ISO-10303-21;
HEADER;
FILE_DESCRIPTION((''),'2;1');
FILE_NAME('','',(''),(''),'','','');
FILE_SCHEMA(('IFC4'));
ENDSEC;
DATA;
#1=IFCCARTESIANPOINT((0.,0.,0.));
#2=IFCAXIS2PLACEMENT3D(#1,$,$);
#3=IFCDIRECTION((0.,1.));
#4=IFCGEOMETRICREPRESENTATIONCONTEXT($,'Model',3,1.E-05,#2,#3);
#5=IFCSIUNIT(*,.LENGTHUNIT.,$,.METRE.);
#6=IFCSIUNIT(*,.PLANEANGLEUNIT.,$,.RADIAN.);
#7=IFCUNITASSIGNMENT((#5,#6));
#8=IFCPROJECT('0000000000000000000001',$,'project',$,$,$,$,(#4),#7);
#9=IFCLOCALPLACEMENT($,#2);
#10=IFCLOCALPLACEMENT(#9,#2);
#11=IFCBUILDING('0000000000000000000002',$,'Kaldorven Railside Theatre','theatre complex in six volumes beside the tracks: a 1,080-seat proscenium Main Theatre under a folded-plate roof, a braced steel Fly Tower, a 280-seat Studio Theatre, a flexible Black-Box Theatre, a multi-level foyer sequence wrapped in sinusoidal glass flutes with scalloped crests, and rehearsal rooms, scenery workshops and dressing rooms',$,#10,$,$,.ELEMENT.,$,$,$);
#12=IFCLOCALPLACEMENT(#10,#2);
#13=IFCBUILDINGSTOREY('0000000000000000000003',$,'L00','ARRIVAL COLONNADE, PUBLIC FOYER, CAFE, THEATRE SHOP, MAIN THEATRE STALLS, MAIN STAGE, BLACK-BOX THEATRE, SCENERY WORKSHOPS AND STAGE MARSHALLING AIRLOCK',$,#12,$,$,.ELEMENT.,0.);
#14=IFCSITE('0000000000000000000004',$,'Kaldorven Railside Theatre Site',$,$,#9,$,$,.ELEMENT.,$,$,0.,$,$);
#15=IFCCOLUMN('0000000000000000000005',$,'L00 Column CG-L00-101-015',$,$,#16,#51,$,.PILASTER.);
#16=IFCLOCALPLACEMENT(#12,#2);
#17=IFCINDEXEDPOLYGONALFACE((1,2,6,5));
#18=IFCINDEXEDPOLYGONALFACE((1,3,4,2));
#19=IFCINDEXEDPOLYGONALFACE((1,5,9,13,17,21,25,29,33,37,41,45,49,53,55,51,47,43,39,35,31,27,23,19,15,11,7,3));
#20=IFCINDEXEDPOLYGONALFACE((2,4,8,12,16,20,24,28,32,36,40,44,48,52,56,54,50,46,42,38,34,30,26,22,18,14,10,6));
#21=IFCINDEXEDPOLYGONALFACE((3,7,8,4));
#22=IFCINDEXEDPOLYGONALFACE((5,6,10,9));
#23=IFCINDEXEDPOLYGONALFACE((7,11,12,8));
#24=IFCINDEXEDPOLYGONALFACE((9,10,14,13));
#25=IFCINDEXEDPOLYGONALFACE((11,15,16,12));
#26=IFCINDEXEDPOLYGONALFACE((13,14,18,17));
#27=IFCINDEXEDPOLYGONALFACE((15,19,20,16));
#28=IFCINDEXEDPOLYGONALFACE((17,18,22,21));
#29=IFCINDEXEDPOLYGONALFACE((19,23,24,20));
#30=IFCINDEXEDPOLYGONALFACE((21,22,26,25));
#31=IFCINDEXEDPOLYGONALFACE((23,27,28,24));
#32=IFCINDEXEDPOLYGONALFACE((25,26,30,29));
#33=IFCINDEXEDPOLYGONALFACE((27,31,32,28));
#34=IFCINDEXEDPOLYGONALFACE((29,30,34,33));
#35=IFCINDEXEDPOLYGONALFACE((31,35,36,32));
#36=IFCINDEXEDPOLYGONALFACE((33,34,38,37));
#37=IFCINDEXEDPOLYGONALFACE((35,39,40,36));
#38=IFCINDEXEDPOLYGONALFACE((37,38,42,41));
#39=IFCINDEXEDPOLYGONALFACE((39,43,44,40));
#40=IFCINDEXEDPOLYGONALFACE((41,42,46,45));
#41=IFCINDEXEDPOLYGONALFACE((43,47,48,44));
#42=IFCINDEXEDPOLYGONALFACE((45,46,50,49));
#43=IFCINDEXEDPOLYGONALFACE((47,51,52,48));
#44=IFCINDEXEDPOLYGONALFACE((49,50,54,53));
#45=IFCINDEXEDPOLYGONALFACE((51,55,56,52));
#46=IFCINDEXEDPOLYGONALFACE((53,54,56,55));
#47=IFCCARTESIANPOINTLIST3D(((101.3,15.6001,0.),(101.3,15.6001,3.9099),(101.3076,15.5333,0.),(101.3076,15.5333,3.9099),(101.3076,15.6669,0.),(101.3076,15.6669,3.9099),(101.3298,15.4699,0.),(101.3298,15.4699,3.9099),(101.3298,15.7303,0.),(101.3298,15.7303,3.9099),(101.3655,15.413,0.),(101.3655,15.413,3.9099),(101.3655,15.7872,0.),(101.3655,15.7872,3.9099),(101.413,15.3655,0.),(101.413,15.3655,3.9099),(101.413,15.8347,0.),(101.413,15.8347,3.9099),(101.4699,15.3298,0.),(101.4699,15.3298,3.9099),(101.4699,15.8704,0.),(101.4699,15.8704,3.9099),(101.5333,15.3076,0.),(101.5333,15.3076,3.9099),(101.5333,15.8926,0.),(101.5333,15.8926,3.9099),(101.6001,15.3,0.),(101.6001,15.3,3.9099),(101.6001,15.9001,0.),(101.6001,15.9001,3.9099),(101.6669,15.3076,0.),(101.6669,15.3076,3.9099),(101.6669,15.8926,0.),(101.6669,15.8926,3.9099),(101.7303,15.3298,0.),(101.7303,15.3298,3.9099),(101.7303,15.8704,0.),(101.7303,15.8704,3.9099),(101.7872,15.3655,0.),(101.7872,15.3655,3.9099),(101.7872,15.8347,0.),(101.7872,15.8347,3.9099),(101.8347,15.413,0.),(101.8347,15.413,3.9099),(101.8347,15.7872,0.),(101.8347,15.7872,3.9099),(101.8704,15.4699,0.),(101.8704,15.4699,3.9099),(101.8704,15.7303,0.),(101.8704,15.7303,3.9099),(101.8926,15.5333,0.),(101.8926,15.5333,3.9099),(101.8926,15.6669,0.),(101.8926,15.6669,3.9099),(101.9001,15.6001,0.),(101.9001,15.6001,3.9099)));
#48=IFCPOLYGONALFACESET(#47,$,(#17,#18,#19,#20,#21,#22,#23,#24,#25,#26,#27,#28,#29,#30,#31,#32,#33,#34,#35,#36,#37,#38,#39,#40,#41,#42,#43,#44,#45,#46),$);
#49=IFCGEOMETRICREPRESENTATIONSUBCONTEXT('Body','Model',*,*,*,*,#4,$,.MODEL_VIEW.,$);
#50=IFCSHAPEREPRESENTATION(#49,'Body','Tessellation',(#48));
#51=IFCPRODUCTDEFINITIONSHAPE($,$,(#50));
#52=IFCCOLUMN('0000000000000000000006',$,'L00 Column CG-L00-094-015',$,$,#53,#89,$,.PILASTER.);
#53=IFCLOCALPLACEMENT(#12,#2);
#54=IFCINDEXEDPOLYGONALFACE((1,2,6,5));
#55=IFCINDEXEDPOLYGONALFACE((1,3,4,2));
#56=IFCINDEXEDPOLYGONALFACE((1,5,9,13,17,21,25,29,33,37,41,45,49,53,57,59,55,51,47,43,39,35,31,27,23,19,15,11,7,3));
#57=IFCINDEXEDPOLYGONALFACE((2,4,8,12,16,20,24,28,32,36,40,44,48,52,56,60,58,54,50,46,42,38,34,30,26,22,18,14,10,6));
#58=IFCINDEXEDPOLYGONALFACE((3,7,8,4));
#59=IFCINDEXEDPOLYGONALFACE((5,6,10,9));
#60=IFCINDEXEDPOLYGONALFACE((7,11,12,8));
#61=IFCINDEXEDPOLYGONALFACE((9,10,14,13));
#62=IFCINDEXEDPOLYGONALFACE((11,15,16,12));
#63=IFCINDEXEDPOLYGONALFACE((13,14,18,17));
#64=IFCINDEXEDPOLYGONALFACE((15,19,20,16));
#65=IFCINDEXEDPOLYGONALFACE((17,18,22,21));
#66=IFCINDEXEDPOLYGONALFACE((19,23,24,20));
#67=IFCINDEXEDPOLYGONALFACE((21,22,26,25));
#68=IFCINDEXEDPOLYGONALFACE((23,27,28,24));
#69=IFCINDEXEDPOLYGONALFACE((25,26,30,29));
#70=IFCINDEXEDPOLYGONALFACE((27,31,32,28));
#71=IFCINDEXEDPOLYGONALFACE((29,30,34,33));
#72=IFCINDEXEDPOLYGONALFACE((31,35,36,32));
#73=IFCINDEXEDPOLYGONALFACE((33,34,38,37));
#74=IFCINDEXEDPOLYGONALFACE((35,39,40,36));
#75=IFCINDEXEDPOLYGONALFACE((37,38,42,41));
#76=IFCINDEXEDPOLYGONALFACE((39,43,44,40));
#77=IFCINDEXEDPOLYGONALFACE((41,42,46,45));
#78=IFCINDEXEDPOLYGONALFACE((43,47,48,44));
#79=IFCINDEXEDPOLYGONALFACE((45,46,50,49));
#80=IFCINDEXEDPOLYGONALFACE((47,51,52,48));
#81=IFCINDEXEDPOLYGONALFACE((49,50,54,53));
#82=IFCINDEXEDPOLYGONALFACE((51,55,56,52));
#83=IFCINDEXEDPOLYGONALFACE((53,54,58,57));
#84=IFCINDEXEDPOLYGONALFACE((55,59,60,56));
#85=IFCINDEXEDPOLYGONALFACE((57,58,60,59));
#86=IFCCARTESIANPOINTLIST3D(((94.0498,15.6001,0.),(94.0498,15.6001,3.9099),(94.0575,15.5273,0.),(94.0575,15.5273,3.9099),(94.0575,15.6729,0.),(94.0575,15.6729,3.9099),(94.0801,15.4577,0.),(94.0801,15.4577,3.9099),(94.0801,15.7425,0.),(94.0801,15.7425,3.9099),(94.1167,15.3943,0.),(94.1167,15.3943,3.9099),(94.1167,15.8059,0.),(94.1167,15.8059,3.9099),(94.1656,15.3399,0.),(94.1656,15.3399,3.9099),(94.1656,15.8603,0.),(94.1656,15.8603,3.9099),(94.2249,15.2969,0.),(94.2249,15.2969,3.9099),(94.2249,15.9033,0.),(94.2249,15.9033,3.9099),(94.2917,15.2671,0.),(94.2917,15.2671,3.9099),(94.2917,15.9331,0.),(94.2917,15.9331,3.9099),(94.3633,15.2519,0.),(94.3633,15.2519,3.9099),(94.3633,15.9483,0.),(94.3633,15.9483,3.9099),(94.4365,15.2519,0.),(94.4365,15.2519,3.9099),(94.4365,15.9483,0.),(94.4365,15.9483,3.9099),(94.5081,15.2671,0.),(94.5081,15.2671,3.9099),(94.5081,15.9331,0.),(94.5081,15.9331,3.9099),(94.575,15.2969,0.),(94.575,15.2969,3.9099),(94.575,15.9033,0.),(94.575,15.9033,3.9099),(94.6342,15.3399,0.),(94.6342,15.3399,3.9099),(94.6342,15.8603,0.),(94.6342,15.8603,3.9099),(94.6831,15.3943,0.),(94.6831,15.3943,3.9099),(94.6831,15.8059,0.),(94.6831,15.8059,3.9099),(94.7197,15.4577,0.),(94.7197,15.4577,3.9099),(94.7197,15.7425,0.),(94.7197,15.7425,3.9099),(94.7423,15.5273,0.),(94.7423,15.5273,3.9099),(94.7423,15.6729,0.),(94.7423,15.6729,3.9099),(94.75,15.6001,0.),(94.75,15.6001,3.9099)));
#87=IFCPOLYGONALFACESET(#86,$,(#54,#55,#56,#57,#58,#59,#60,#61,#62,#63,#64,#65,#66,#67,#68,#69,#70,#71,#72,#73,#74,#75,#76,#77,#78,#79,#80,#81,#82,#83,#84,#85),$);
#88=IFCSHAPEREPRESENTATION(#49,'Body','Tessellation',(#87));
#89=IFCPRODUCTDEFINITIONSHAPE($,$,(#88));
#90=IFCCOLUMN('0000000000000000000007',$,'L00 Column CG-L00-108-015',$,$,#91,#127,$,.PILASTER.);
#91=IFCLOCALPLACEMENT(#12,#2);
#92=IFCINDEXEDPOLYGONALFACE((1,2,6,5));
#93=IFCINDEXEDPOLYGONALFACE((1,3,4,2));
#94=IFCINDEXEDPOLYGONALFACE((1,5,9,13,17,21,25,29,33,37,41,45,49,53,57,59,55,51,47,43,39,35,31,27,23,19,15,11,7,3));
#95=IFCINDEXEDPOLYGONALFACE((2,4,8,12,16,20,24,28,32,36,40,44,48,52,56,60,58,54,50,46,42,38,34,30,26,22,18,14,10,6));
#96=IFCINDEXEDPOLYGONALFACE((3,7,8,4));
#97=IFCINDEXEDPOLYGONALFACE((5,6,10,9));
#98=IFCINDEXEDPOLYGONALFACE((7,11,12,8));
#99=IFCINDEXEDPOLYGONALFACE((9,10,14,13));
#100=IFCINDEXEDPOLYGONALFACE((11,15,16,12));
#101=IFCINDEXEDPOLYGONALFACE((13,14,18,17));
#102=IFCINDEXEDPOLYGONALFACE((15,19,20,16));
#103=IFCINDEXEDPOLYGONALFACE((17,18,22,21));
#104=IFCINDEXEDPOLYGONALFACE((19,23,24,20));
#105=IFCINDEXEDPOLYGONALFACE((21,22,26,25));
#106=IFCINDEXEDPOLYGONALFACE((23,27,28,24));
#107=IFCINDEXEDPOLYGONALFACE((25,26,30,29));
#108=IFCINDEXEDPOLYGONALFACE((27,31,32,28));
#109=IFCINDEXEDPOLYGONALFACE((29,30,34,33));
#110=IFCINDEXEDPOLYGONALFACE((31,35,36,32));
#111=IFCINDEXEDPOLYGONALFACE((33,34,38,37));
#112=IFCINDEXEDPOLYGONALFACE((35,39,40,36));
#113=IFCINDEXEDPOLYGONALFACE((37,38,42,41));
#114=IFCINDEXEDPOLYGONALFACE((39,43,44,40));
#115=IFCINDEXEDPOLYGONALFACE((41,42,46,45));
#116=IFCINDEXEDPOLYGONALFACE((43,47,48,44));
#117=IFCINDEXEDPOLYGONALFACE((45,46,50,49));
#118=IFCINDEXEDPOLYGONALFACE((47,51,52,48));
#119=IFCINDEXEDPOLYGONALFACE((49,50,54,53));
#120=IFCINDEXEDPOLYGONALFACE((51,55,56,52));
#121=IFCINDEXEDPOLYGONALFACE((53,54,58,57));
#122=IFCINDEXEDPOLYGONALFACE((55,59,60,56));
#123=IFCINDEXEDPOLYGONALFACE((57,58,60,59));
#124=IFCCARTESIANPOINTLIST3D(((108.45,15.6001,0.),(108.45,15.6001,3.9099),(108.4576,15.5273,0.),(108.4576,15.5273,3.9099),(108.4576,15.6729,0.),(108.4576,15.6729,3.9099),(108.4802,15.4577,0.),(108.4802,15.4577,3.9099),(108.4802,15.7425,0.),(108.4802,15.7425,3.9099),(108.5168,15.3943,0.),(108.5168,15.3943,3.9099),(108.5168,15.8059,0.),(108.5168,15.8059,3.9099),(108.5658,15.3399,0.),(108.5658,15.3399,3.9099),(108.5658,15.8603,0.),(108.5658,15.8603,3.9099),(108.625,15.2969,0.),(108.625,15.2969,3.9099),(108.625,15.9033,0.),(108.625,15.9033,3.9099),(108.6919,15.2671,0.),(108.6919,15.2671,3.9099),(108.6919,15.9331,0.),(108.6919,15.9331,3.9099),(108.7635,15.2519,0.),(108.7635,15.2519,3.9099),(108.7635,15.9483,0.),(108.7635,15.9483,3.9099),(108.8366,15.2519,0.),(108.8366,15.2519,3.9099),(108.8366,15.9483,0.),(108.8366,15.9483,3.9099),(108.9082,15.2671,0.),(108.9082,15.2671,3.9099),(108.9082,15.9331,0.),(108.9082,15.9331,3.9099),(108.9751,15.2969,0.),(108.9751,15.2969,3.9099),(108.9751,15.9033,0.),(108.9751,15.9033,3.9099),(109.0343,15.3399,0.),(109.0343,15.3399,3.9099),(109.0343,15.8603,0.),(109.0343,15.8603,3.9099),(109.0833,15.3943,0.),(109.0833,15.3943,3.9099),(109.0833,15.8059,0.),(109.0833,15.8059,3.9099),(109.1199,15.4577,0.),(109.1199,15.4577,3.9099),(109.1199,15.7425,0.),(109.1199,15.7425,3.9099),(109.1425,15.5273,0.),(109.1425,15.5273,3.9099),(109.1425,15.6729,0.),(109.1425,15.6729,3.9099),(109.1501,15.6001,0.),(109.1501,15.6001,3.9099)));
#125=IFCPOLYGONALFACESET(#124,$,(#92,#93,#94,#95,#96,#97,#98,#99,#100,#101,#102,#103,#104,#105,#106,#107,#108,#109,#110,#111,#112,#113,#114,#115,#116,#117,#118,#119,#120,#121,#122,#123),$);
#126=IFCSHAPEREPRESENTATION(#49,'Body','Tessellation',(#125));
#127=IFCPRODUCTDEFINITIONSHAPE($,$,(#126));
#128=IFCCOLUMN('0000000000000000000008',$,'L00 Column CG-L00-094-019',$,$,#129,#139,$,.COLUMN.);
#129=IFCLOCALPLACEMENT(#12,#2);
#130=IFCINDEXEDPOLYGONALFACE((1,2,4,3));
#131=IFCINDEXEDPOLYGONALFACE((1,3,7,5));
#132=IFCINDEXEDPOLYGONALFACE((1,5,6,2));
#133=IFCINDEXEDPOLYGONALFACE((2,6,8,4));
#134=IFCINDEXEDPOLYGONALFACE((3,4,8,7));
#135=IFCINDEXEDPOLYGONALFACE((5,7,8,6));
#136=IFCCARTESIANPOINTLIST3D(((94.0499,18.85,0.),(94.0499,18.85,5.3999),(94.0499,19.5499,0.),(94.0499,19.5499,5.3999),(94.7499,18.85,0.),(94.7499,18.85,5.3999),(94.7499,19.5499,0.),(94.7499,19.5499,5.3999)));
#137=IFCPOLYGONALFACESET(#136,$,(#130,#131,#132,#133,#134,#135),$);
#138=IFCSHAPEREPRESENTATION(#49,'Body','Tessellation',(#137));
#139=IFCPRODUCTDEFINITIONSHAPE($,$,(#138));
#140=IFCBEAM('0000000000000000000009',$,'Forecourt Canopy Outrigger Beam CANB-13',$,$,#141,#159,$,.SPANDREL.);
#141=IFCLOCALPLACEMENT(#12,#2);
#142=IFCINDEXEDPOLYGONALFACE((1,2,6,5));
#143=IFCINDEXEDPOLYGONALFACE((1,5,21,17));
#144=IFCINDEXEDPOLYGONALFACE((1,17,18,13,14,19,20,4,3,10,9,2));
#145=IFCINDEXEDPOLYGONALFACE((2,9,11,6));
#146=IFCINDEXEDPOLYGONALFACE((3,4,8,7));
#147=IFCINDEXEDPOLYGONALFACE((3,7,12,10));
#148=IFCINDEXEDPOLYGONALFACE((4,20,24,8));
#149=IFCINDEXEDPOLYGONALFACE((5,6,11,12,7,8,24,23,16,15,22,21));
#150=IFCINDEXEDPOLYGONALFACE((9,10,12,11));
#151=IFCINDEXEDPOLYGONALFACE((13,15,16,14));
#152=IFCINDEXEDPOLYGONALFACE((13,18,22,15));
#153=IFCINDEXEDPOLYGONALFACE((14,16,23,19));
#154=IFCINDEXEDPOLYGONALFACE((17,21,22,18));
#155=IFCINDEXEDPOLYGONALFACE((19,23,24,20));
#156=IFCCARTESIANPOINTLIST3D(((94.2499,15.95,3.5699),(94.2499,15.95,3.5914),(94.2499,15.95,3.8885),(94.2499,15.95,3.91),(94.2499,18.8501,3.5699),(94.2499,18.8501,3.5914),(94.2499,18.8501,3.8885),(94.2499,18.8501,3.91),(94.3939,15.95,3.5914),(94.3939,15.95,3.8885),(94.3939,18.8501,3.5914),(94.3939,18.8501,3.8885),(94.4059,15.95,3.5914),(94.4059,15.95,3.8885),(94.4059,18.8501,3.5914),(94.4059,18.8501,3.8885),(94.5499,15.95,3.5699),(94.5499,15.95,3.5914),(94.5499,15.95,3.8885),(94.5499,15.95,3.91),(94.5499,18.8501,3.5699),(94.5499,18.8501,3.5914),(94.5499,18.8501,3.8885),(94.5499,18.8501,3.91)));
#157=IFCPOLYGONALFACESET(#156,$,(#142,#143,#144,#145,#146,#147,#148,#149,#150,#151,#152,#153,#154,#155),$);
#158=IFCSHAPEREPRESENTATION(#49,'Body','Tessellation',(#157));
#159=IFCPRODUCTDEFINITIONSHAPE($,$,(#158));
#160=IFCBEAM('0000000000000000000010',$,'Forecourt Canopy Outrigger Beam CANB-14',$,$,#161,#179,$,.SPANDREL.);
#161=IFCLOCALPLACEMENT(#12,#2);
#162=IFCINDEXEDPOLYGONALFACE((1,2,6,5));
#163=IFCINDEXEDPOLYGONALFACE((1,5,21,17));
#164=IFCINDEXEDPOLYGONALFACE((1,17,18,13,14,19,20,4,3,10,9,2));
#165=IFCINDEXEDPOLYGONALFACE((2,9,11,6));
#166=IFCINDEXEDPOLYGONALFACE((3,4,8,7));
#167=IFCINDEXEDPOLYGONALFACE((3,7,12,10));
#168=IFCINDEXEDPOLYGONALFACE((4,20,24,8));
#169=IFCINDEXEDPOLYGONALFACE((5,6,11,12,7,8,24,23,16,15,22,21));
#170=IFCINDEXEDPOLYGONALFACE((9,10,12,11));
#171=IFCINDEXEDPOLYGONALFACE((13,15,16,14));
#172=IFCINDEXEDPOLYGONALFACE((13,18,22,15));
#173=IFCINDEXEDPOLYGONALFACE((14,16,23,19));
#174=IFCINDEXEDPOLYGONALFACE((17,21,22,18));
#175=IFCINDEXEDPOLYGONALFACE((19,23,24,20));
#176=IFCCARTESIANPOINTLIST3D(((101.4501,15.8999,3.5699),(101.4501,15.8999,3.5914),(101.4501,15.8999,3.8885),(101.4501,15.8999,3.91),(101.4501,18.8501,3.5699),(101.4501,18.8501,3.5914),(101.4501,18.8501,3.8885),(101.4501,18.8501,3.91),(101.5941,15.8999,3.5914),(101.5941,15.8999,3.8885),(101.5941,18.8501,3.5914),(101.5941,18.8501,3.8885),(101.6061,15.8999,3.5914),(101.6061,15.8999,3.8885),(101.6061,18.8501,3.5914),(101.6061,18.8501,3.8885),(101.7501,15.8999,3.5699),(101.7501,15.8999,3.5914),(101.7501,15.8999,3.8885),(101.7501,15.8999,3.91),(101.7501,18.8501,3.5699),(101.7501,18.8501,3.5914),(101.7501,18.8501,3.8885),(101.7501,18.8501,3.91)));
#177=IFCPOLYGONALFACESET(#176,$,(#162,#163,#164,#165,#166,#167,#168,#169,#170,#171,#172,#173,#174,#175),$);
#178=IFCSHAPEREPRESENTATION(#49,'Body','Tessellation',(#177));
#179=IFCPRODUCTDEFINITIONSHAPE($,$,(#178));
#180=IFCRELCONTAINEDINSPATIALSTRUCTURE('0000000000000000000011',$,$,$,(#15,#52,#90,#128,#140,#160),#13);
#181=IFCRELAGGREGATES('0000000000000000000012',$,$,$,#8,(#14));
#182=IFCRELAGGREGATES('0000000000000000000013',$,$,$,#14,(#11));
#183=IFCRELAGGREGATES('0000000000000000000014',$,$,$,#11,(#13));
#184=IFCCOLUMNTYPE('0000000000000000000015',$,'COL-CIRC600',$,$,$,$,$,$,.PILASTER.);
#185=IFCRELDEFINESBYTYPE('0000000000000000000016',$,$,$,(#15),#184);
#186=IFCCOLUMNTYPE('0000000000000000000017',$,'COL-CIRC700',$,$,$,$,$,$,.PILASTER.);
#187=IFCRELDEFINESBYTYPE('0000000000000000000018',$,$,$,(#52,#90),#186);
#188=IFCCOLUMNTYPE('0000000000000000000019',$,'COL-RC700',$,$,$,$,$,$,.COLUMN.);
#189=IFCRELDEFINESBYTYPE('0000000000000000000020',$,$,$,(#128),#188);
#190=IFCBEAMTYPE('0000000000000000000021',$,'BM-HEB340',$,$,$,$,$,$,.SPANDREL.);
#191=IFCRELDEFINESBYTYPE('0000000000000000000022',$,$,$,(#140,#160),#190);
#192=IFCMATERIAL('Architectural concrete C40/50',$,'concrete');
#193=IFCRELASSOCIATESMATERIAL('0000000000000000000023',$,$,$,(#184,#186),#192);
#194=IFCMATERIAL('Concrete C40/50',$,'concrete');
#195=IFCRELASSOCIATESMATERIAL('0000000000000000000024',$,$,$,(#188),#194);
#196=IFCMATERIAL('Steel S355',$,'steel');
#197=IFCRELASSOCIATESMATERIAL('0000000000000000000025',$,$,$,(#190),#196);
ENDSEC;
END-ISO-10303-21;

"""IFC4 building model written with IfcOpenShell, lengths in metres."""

from ifc_helpers import new_model, si_unit, direction, frame, origin, origin_2d, place, context, subcontext, project, spatial, rectangle, circle, i_section, extrude, material, material_profile, profile_set, type_object, element, save


model = new_model("IFC4")

# Units and contexts
model_context = context("Model", 3, precision=1e-05, world=origin(), true_north=direction((0.0, 1.0)))
body_context = subcontext(model_context, "Body", "Model", "MODEL_VIEW")
ifc_project = project(units=[si_unit("LENGTHUNIT", "METRE"), si_unit("PLANEANGLEUNIT", "RADIAN")], contexts=[model_context])

# Site, building, storey
site_placement = place(None, origin())
site = spatial("IfcSite", under=ifc_project, at=site_placement, Name="Kaldorven Railside Theatre Site", CompositionType="ELEMENT", RefElevation=0.0)
building_placement = place(site_placement, origin())
building = spatial("IfcBuilding", under=site, at=building_placement, Name="Kaldorven Railside Theatre", Description="theatre complex in six volumes beside the tracks: a 1,080-seat proscenium Main Theatre under a folded-plate roof, a braced steel Fly Tower, a 280-seat Studio Theatre, a flexible Black-Box Theatre, a multi-level foyer sequence wrapped in sinusoidal glass flutes with scalloped crests, and rehearsal rooms, scenery workshops and dressing rooms", CompositionType="ELEMENT")
storey_placement = place(building_placement, origin())
storey = spatial("IfcBuildingStorey", under=building, at=storey_placement, Name="L00", Description="ARRIVAL COLONNADE, PUBLIC FOYER, CAFE, THEATRE SHOP, MAIN THEATRE STALLS, MAIN STAGE, BLACK-BOX THEATRE, SCENERY WORKSHOPS AND STAGE MARSHALLING AIRLOCK", CompositionType="ELEMENT", Elevation=0.0)

# Columns
ifc_material_1 = material(Name="Architectural concrete C40/50", Category="concrete")
ifc_material_profile_1 = material_profile(ifc_material_1, circle(Radius=0.3, at=origin_2d()), Name="RC D600")
ifc_profile_set_1 = profile_set([ifc_material_profile_1], Name="Architectural concrete C40/50")
column_type_1 = type_object("IfcColumnType", Name="COL-CIRC600", PredefinedType="PILASTER", material=ifc_profile_set_1)
column_1_placement = place(storey_placement, frame((101.6001, 15.6001, 0.0), z_axis=(0.0, 0.0, 1.0), x_axis=(1.0, 0.0, 0.0)))
element("IfcColumn", 1, at=column_1_placement, inside=storey, type_object=column_type_1, Name="L00 Column CG-L00-101-015", PredefinedType="PILASTER", context=body_context, shape_type="SweptSolid", body=[
    extrude(circle(Radius=0.3, at=origin_2d()), origin(), (0.0, 0.0, 1.0), 3.9099),
])
ifc_material_profile_2 = material_profile(ifc_material_1, circle(Radius=0.3501, at=origin_2d()), Name="RC D700")
ifc_profile_set_2 = profile_set([ifc_material_profile_2], Name="Architectural concrete C40/50")
column_type_2 = type_object("IfcColumnType", Name="COL-CIRC700", PredefinedType="PILASTER", material=ifc_profile_set_2)
for number, where, z_axis, x_axis, name in (
    (2, (94.3999, 15.6001, 0.0), (0.0, 0.0, 1.0), (1.0, 0.0, 0.0), "L00 Column CG-L00-094-015"),
    (3, (108.8, 15.6001, 0.0), (0.0, 0.0, 1.0), (1.0, 0.0, 0.0), "L00 Column CG-L00-108-015"),
):
    element("IfcColumn", number, at=place(storey_placement, frame(where, z_axis=z_axis, x_axis=x_axis)), inside=storey, type_object=column_type_2, Name=name, PredefinedType="PILASTER", context=body_context, shape_type="SweptSolid", body=[
        extrude(circle(Radius=0.3501, at=origin_2d()), origin(), (0.0, 0.0, 1.0), 3.9099),
    ])
ifc_material_2 = material(Name="Concrete C40/50", Category="concrete")
ifc_material_profile_3 = material_profile(ifc_material_2, rectangle(XDim=0.7, YDim=0.7, at=origin_2d()), Name="RC 700x700")
ifc_profile_set_3 = profile_set([ifc_material_profile_3], Name="Concrete C40/50")
column_type_3 = type_object("IfcColumnType", Name="COL-RC700", PredefinedType="COLUMN", material=ifc_profile_set_3)
column_2_placement = place(storey_placement, frame((94.3999, 19.2, 0.0), z_axis=(0.0, 0.0, 1.0), x_axis=(0.0, 1.0, 0.0)))
element("IfcColumn", 4, at=column_2_placement, inside=storey, type_object=column_type_3, Name="L00 Column CG-L00-094-019", PredefinedType="COLUMN", context=body_context, shape_type="SweptSolid", body=[
    extrude(rectangle(XDim=0.7, YDim=0.7, at=origin_2d()), origin(), (0.0, 0.0, 1.0), 5.3999),
])

# Beams
ifc_material_3 = material(Name="Steel S355", Category="steel")
ifc_material_profile_4 = material_profile(ifc_material_3, i_section(OverallWidth=0.3, OverallDepth=0.3401, WebThickness=0.012, FlangeThickness=0.0215, at=origin_2d()), Name="HEB 340")
ifc_profile_set_4 = profile_set([ifc_material_profile_4], Name="Steel S355")
beam_type_1 = type_object("IfcBeamType", Name="BM-HEB340", PredefinedType="SPANDREL", material=ifc_profile_set_4)
beam_1_placement = place(storey_placement, frame((94.3999, 15.95, 3.74), z_axis=(0.0, 1.0, 0.0), x_axis=(-1.0, 0.0, 0.0)))
element("IfcBeam", 5, at=beam_1_placement, inside=storey, type_object=beam_type_1, Name="Forecourt Canopy Outrigger Beam CANB-13", PredefinedType="SPANDREL", context=body_context, shape_type="SweptSolid", body=[
    extrude(i_section(OverallWidth=0.3, OverallDepth=0.3401, WebThickness=0.012, FlangeThickness=0.0215, at=origin_2d()), origin(), (0.0, 0.0, 1.0), 2.9001),
])
beam_2_placement = place(storey_placement, frame((101.6001, 15.8999, 3.74), z_axis=(0.0, 1.0, 0.0), x_axis=(-1.0, 0.0, 0.0)))
element("IfcBeam", 6, at=beam_2_placement, inside=storey, type_object=beam_type_1, Name="Forecourt Canopy Outrigger Beam CANB-14", PredefinedType="SPANDREL", context=body_context, shape_type="SweptSolid", body=[
    extrude(i_section(OverallWidth=0.3, OverallDepth=0.3401, WebThickness=0.012, FlangeThickness=0.0215, at=origin_2d()), origin(), (0.0, 0.0, 1.0), 2.9502),
])

save(model, "model.ifc")
